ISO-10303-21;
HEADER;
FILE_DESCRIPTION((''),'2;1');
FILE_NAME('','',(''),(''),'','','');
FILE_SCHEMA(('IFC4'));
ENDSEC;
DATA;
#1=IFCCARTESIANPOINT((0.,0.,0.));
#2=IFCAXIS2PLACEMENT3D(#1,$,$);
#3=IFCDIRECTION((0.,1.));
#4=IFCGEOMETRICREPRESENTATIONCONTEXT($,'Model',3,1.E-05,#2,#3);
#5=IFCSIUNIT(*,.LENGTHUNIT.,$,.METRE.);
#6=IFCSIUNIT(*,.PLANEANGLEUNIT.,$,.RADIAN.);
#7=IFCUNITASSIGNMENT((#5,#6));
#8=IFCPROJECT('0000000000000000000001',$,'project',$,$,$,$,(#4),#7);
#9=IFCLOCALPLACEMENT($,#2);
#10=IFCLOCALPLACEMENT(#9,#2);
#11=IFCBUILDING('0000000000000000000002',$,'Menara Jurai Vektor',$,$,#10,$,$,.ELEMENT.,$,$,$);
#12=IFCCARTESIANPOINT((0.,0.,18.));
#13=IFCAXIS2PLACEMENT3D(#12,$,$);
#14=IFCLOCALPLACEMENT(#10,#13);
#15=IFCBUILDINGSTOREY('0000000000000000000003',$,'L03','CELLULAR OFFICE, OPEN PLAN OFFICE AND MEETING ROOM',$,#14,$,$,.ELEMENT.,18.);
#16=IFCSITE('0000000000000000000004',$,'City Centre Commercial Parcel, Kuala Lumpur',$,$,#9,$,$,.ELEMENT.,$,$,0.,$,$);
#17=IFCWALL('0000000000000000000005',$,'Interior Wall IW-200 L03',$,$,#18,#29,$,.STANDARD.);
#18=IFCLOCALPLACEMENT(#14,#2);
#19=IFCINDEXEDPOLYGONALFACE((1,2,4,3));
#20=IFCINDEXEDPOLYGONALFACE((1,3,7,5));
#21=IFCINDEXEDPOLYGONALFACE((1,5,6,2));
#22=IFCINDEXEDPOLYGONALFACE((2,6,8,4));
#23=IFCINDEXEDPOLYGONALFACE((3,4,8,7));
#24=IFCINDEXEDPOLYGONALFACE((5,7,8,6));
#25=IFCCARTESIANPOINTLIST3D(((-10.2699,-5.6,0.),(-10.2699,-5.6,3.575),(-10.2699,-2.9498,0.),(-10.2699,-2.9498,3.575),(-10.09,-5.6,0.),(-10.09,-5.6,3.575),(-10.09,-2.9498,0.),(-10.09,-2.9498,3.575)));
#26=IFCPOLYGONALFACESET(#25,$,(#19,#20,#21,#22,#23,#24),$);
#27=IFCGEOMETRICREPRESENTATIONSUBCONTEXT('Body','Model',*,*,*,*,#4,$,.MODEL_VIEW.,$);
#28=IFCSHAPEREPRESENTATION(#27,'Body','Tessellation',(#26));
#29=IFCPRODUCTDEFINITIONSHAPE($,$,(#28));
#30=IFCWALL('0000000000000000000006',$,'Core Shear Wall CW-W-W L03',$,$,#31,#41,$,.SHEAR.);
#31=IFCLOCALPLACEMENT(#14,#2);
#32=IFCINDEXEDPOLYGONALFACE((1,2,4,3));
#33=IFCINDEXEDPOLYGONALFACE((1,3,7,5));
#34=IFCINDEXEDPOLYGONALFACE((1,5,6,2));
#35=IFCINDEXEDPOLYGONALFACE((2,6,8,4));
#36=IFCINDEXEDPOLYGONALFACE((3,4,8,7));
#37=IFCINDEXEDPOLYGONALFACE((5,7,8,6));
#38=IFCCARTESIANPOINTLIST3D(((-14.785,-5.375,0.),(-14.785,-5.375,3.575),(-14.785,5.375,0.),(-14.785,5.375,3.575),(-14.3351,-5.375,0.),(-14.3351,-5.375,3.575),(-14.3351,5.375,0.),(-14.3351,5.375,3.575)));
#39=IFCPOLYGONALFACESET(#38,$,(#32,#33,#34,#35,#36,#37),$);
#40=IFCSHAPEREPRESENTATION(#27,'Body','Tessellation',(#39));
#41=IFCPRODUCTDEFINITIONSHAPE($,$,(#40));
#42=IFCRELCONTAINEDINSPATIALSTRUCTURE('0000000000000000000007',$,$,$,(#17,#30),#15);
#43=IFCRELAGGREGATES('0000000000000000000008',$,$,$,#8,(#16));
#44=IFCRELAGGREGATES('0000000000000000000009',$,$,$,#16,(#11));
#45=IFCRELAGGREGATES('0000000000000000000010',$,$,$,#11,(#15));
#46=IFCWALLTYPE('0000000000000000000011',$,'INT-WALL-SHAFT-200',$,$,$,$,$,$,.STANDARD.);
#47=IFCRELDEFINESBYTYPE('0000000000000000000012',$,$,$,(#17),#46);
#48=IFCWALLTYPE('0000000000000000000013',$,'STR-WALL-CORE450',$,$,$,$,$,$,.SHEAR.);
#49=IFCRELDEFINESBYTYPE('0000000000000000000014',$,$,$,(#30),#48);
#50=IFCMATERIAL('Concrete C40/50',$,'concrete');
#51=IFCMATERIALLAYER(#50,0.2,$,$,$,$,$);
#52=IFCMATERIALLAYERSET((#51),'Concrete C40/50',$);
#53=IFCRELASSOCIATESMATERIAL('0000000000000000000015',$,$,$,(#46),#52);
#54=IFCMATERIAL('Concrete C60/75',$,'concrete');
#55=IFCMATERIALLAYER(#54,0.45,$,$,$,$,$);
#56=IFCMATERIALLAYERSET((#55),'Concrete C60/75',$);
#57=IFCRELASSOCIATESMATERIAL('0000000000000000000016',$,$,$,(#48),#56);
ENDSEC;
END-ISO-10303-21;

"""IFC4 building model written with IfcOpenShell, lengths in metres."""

from ifc_helpers import new_model, si_unit, direction, frame, frame_2d, origin, place, context, subcontext, project, spatial, rectangle, extrude, material, layer, layer_set, type_object, element, save


model = new_model("IFC4")

# Units and contexts
model_context = context("Model", 3, precision=1e-05, world=origin(), true_north=direction((0.0, 1.0)))
body_context = subcontext(model_context, "Body", "Model", "MODEL_VIEW")
ifc_project = project(units=[si_unit("LENGTHUNIT", "METRE"), si_unit("PLANEANGLEUNIT", "RADIAN")], contexts=[model_context])

# Site, building, storey
site_placement = place(None, origin())
site = spatial("IfcSite", under=ifc_project, at=site_placement, Name="City Centre Commercial Parcel, Kuala Lumpur", CompositionType="ELEMENT", RefElevation=0.0)
building_placement = place(site_placement, origin())
building = spatial("IfcBuilding", under=site, at=building_placement, Name="Menara Jurai Vektor", CompositionType="ELEMENT")
storey_placement = place(building_placement, frame((0.0, 0.0, 18.0)))
storey = spatial("IfcBuildingStorey", under=building, at=storey_placement, Name="L03", Description="CELLULAR OFFICE, OPEN PLAN OFFICE AND MEETING ROOM", CompositionType="ELEMENT", Elevation=18.0)

# Shared definitions
ifc_material_1 = material(Name="Concrete C60/75", Category="concrete")

# Shared definitions
ifc_material_2 = material(Name="Concrete C40/50", Category="concrete")

# Shared definitions
ifc_layer_1 = layer(ifc_material_2, 0.2)
ifc_layer_set_1 = layer_set([ifc_layer_1], Name="Concrete C40/50")
wall_type_1 = type_object("IfcWallType", Name="INT-WALL-SHAFT-200", PredefinedType="STANDARD", material=ifc_layer_set_1)

# Walls
wall_1_placement = place(storey_placement, frame((-10.1799, -5.6001, 0.0), z_axis=(0.0, 0.0, 1.0), x_axis=(0.0, 1.0, 0.0)))
element("IfcWall", 1, at=wall_1_placement, inside=storey, type_object=wall_type_1, Name="Interior Wall IW-200 L03", PredefinedType="STANDARD", context=body_context, shape_type="SweptSolid", body=[
    extrude(rectangle(XDim=2.6501, YDim=0.1799, at=frame_2d((1.3252, 0.0))), origin(), (0.0, 0.0, 1.0), 3.575),
])
ifc_layer_2 = layer(ifc_material_1, 0.45)
ifc_layer_set_2 = layer_set([ifc_layer_2], Name="Concrete C60/75")
wall_type_2 = type_object("IfcWallType", Name="STR-WALL-CORE450", PredefinedType="SHEAR", material=ifc_layer_set_2)
wall_2_placement = place(storey_placement, frame((-14.5601, -5.375, 0.0), z_axis=(0.0, 0.0, 1.0), x_axis=(0.0, 1.0, 0.0)))
element("IfcWall", 2, at=wall_2_placement, inside=storey, type_object=wall_type_2, Name="Core Shear Wall CW-W-W L03", PredefinedType="SHEAR", context=body_context, shape_type="SweptSolid", body=[
    extrude(rectangle(XDim=10.75, YDim=0.45, at=frame_2d((5.375, 0.0))), origin(), (0.0, 0.0, 1.0), 3.575),
])

save(model, "model.ifc")
